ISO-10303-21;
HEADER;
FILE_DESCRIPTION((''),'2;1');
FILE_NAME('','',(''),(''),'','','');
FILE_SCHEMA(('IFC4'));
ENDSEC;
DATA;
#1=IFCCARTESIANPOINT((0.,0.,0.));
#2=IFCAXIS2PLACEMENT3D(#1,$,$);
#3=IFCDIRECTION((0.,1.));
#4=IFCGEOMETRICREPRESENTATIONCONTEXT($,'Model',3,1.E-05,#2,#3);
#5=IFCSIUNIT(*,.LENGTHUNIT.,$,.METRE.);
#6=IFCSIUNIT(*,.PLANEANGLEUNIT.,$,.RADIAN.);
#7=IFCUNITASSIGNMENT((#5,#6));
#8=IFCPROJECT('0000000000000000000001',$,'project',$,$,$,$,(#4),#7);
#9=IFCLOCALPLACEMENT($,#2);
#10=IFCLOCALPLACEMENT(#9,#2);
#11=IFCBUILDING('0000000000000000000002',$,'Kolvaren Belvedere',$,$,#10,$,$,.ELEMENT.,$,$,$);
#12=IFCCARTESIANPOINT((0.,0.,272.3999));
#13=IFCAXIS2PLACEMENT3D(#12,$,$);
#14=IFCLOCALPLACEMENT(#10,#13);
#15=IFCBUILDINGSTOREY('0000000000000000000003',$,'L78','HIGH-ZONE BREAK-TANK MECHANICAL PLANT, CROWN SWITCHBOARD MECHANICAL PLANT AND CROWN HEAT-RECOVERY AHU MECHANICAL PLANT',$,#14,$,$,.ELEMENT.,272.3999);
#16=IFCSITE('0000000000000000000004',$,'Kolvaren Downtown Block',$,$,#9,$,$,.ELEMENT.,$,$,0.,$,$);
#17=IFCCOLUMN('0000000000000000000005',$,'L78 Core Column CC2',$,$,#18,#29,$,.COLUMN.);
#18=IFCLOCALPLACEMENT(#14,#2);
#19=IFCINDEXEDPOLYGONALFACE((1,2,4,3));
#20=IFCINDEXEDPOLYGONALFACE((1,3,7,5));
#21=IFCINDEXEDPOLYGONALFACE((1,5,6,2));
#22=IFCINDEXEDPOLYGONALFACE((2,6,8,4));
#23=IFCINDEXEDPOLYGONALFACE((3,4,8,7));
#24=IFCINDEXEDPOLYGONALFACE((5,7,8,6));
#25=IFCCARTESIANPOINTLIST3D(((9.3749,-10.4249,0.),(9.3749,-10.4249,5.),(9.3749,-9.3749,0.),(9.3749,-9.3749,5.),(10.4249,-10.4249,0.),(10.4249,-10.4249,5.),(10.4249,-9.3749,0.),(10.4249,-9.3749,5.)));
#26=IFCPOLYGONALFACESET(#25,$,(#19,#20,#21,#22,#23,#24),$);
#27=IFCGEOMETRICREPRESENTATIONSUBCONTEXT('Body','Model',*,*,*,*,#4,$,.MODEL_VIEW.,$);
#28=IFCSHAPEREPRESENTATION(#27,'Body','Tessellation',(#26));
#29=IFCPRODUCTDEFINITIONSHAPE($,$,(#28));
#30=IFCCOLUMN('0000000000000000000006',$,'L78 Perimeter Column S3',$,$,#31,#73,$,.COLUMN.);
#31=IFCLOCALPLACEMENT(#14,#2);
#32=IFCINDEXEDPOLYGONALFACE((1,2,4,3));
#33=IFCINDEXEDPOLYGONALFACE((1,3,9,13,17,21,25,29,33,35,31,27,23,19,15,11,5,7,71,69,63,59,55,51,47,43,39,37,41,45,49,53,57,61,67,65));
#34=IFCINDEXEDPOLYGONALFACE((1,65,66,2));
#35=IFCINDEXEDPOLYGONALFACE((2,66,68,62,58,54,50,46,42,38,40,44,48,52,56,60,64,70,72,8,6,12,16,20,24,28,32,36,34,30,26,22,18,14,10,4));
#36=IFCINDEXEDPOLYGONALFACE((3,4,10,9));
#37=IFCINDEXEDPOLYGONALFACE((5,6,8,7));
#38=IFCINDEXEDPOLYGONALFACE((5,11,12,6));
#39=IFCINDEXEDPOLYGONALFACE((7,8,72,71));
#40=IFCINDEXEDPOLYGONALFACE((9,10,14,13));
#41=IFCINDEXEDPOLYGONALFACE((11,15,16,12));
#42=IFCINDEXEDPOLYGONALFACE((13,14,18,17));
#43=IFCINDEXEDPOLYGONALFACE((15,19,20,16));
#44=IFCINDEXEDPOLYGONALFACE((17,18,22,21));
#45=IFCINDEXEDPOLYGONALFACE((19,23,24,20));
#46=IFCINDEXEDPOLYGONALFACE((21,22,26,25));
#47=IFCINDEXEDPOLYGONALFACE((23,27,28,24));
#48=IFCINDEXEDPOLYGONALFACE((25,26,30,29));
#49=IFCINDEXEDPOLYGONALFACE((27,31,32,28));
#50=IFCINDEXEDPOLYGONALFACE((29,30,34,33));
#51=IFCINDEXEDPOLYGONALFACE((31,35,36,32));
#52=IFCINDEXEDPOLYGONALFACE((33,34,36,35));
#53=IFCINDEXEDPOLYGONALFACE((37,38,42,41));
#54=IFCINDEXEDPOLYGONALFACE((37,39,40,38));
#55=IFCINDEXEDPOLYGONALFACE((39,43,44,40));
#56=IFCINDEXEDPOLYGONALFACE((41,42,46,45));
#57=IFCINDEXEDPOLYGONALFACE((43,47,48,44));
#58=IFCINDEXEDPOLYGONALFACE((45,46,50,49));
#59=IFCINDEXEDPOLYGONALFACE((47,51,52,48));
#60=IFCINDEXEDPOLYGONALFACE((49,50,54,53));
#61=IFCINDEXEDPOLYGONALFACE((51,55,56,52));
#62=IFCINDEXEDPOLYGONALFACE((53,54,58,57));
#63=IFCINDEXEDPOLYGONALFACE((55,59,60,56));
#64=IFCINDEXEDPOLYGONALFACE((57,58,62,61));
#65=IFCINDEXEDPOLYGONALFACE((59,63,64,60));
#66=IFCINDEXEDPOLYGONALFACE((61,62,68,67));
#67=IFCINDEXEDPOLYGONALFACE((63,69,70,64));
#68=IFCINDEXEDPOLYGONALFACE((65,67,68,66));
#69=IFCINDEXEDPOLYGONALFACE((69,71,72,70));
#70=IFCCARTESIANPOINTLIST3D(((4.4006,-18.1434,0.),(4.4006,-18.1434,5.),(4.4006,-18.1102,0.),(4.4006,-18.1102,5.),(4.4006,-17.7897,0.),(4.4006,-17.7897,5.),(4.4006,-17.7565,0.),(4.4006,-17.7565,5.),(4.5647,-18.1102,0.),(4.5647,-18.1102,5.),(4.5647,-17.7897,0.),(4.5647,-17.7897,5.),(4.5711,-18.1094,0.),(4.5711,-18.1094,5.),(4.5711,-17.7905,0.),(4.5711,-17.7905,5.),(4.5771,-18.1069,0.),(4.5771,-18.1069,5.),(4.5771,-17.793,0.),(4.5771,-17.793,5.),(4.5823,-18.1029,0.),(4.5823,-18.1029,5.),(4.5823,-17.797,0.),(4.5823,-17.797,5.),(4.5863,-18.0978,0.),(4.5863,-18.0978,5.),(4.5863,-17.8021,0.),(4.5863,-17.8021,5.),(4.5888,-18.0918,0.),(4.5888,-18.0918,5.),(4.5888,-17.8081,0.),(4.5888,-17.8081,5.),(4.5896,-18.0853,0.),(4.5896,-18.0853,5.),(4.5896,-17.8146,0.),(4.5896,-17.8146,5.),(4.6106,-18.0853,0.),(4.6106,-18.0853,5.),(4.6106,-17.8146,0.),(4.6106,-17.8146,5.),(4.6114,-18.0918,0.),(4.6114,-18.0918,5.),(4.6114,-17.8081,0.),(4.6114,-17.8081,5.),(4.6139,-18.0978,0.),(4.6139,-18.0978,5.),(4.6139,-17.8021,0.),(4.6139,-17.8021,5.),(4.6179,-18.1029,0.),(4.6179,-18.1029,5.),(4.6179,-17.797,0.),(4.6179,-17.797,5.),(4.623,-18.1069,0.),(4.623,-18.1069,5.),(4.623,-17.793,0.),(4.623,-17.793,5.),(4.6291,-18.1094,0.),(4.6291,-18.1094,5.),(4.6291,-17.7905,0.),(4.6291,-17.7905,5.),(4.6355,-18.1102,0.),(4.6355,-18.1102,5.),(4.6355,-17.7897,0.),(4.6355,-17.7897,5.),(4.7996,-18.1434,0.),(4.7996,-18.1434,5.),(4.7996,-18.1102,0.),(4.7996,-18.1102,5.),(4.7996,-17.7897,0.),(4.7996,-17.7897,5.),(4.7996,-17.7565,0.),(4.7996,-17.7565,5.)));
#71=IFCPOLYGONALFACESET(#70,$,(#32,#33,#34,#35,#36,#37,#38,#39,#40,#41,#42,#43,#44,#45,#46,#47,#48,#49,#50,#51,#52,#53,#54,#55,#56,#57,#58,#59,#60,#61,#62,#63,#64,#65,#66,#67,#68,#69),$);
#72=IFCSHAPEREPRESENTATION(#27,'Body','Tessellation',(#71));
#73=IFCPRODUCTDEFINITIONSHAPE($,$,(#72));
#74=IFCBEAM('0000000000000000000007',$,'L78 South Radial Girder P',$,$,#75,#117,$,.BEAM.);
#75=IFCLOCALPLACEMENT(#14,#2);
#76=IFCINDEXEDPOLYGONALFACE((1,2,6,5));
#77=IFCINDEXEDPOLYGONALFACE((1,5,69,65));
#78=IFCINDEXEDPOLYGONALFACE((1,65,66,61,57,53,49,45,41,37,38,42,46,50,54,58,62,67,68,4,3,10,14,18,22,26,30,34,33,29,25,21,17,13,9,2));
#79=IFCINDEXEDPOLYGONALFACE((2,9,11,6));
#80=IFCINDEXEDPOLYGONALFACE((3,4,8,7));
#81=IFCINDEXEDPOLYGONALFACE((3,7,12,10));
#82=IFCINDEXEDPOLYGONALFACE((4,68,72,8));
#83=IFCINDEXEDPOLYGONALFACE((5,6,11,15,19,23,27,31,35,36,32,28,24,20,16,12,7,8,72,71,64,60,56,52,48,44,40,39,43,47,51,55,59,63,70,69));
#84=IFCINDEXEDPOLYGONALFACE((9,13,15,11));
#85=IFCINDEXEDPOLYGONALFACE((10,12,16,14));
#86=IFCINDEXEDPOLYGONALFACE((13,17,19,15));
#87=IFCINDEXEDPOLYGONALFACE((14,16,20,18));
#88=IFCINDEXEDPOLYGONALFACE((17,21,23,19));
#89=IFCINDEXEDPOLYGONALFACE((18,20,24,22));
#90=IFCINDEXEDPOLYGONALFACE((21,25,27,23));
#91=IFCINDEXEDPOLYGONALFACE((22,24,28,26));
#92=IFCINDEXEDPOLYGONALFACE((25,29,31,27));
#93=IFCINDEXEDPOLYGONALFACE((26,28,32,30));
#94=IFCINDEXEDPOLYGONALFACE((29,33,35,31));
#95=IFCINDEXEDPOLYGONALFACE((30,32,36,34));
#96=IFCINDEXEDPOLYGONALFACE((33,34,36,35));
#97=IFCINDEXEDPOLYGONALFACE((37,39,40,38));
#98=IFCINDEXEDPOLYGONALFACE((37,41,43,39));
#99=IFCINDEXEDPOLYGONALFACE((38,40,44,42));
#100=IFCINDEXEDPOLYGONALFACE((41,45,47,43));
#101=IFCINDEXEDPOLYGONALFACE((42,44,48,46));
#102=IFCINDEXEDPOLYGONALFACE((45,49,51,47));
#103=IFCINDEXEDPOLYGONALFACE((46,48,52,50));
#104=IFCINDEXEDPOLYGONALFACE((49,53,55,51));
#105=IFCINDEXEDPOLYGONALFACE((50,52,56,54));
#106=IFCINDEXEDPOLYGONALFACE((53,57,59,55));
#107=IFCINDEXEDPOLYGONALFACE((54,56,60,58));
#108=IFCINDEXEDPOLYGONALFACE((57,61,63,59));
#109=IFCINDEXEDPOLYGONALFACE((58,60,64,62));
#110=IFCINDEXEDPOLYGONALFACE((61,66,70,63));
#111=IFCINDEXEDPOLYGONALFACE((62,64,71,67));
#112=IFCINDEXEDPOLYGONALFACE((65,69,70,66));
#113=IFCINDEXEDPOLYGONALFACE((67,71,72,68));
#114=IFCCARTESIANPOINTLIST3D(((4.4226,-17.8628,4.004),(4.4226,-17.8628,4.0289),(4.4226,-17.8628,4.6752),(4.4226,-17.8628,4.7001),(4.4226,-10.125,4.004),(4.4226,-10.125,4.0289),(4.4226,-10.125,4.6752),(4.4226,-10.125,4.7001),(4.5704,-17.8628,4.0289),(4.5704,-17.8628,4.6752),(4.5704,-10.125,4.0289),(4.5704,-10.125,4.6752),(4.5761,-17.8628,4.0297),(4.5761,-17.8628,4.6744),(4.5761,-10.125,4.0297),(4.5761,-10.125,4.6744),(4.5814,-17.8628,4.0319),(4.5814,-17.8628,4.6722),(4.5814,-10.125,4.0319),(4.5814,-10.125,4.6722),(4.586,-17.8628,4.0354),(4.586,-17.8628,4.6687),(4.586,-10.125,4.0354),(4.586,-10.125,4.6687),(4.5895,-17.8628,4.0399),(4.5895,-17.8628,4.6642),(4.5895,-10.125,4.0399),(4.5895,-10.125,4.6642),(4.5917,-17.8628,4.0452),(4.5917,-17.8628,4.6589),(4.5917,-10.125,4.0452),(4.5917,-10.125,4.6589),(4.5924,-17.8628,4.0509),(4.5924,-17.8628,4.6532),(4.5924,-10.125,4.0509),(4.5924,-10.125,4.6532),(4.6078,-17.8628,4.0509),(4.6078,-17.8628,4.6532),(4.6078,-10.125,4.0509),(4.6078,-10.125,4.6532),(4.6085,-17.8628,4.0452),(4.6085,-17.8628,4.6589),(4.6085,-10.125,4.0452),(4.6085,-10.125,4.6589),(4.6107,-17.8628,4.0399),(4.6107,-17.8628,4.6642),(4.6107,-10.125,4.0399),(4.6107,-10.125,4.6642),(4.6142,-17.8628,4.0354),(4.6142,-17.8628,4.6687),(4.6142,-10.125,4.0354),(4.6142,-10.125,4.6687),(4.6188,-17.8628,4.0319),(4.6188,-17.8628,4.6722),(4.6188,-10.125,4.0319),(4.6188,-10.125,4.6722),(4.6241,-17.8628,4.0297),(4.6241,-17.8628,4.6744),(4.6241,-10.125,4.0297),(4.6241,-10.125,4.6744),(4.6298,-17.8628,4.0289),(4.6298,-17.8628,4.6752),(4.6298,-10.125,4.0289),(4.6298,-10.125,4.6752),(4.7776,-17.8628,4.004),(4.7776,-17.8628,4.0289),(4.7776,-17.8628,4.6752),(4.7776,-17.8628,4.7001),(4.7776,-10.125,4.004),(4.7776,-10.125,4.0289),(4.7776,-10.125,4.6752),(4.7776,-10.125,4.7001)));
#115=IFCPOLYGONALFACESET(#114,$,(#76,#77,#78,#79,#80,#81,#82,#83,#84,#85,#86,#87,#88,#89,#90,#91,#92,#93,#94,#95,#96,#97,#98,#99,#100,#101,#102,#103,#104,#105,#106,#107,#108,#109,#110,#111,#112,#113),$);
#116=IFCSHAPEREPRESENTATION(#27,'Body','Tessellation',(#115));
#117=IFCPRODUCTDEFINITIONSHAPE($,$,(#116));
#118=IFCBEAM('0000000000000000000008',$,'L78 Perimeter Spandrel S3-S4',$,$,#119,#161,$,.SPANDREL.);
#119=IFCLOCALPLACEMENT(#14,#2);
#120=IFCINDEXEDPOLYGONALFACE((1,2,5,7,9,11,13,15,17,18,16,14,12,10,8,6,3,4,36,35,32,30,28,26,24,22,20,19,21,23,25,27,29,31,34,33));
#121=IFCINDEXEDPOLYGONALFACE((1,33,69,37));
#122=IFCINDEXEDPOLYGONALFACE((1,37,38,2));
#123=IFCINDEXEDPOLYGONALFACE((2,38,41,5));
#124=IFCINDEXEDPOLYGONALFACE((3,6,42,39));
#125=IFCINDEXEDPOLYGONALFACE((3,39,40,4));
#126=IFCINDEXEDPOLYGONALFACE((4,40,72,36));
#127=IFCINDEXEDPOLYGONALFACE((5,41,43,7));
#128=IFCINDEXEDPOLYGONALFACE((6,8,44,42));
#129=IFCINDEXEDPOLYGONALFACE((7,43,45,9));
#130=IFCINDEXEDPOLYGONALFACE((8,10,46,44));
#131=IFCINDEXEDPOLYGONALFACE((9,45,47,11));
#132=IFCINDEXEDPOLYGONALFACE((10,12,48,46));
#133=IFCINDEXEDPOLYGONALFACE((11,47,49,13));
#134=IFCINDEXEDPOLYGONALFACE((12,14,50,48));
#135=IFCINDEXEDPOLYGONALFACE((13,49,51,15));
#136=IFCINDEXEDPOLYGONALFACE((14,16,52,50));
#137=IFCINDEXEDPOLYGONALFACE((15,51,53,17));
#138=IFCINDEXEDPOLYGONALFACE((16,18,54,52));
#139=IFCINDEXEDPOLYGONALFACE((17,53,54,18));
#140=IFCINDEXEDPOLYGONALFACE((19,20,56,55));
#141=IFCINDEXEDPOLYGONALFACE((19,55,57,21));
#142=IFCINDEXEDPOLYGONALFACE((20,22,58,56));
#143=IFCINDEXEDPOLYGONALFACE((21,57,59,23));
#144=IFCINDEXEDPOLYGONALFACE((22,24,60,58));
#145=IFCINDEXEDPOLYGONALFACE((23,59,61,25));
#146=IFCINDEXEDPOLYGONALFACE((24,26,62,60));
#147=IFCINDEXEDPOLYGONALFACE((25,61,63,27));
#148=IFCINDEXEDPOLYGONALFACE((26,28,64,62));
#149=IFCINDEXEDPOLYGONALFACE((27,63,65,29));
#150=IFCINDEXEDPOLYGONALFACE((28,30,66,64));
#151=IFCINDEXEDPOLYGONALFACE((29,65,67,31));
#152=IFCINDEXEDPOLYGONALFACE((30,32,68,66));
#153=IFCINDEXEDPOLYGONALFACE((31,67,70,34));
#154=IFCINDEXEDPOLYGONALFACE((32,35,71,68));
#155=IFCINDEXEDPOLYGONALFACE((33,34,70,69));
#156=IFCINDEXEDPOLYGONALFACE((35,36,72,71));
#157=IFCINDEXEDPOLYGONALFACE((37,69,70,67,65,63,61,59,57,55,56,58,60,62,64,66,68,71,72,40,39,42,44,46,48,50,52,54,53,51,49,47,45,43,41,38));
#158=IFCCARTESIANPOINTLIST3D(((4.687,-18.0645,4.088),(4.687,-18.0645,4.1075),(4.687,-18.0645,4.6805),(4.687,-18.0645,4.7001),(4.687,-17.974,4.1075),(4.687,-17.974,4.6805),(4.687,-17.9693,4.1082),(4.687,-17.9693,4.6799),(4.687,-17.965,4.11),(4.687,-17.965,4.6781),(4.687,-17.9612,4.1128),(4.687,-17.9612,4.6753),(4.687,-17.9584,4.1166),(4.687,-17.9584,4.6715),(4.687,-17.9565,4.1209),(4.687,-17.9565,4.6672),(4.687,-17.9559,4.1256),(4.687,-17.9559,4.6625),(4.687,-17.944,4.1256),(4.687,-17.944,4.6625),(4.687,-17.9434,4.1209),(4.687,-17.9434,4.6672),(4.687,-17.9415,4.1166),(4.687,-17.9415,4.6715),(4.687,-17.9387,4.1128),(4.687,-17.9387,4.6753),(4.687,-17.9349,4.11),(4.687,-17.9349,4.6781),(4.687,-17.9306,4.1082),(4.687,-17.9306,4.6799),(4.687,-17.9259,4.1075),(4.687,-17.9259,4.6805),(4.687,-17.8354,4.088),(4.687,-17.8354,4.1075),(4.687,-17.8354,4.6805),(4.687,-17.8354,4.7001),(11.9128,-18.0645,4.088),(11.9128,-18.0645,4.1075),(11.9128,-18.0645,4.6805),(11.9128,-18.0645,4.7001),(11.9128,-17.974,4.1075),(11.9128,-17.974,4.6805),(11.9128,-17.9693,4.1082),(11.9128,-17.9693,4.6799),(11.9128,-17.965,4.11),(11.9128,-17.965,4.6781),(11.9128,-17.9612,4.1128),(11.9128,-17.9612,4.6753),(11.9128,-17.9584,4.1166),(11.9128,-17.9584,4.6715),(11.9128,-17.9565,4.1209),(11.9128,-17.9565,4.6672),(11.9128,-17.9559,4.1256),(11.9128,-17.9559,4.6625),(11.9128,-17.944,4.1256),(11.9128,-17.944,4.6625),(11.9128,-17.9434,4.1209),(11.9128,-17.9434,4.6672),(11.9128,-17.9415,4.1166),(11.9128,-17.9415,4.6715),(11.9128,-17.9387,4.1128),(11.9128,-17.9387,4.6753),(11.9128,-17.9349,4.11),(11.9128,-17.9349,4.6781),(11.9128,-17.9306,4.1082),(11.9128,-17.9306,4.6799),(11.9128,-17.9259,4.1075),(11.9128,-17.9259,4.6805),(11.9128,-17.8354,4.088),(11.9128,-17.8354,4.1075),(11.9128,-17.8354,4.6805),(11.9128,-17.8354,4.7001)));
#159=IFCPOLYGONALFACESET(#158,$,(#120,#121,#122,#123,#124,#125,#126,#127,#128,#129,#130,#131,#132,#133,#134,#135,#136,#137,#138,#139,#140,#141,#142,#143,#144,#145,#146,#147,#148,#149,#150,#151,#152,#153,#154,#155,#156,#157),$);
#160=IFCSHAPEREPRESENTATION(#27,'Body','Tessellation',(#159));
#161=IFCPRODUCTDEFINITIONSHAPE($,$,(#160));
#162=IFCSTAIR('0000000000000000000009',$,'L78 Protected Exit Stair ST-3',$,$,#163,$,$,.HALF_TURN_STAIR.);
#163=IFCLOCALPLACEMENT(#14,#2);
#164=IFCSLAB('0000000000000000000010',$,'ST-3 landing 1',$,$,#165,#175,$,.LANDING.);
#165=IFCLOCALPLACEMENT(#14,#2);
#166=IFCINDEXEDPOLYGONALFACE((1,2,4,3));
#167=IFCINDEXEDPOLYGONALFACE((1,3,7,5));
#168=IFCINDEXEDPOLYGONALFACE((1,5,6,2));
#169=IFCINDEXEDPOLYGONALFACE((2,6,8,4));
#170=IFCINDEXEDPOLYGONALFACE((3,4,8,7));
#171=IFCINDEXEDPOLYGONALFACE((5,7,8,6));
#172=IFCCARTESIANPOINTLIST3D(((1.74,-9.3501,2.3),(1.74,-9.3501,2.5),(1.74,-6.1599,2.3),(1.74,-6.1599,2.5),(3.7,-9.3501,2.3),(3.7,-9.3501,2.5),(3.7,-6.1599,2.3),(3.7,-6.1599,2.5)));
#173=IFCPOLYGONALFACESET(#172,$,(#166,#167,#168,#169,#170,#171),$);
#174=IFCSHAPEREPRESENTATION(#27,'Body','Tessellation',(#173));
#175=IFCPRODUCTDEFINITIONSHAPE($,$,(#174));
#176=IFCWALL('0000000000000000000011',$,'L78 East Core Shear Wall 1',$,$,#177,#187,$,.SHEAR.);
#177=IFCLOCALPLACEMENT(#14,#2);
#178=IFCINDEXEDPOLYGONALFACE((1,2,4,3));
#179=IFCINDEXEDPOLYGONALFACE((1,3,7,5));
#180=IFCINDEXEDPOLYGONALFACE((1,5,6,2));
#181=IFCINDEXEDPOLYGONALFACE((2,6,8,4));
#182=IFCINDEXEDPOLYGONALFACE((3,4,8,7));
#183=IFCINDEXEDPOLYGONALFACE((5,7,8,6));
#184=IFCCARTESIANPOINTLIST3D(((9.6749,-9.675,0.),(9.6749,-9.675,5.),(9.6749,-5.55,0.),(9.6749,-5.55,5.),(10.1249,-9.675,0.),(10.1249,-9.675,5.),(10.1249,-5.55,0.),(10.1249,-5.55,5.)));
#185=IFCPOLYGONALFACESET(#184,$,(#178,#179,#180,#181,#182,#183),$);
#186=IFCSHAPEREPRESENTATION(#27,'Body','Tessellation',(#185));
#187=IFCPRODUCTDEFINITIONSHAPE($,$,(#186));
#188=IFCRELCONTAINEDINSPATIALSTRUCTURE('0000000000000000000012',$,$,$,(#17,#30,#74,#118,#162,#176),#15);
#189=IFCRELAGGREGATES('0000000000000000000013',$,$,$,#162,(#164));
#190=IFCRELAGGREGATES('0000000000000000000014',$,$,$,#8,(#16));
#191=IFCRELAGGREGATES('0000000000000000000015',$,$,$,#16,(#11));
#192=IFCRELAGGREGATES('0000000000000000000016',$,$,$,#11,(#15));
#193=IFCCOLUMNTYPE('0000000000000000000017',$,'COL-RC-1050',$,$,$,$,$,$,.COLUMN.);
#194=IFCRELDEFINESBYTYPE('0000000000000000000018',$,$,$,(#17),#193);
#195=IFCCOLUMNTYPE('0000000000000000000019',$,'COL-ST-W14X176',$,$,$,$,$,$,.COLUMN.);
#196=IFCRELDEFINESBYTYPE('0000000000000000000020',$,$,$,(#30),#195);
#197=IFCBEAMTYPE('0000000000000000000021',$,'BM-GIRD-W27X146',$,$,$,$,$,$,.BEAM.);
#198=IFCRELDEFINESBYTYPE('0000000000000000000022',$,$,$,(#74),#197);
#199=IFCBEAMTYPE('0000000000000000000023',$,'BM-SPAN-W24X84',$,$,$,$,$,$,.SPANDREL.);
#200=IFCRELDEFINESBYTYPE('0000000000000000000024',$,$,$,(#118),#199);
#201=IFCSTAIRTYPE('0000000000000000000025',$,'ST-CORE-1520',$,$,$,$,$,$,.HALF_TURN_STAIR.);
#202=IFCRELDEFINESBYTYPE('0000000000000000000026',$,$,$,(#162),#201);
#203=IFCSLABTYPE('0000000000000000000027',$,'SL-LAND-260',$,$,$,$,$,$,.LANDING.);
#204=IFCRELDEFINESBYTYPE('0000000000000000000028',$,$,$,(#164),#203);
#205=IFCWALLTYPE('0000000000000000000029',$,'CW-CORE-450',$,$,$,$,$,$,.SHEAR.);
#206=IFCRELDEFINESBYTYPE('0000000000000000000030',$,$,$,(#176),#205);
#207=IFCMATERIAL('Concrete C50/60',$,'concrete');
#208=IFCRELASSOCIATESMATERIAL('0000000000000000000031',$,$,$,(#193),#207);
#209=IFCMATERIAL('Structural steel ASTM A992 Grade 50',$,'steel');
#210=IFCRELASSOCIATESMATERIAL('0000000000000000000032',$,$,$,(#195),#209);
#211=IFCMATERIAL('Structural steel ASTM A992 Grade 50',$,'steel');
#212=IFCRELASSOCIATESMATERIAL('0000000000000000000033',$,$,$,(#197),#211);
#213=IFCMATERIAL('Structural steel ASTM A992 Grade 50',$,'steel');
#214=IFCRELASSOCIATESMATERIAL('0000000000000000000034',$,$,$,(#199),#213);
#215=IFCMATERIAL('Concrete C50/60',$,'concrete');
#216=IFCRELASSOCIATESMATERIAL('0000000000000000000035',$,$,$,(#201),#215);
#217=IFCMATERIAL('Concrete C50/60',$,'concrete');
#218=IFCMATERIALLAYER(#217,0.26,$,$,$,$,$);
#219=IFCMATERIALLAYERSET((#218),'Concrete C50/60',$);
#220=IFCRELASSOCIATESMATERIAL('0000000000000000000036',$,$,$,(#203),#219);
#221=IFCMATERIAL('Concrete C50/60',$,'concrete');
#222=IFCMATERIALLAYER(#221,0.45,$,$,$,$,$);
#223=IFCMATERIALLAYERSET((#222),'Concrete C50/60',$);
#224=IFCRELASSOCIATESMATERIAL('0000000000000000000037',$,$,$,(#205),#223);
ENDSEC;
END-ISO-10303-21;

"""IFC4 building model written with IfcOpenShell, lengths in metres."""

from ifc_helpers import new_model, si_unit, direction, frame, frame_2d, origin, origin_2d, place, context, subcontext, project, spatial, polyline, rectangle, i_section, outline, extrude, material, layer, layer_set, material_profile, profile_set, type_object, element, aggregate, save


model = new_model("IFC4")

# Units and contexts
model_context = context("Model", 3, precision=1e-05, world=origin(), true_north=direction((0.0, 1.0)))
body_context = subcontext(model_context, "Body", "Model", "MODEL_VIEW")
ifc_project = project(units=[si_unit("LENGTHUNIT", "METRE"), si_unit("PLANEANGLEUNIT", "RADIAN")], contexts=[model_context])

# Site, building, storey
site_placement = place(None, origin())
site = spatial("IfcSite", under=ifc_project, at=site_placement, Name="Kolvaren Downtown Block", CompositionType="ELEMENT", RefElevation=0.0)
building_placement = place(site_placement, origin())
building = spatial("IfcBuilding", under=site, at=building_placement, Name="Kolvaren Belvedere", CompositionType="ELEMENT")
storey_placement = place(building_placement, frame((0.0, 0.0, 272.3999)))
storey = spatial("IfcBuildingStorey", under=building, at=storey_placement, Name="L78", Description="HIGH-ZONE BREAK-TANK MECHANICAL PLANT, CROWN SWITCHBOARD MECHANICAL PLANT AND CROWN HEAT-RECOVERY AHU MECHANICAL PLANT", CompositionType="ELEMENT", Elevation=272.3999)

# Columns
ifc_material_1 = material(Name="Concrete C50/60", Category="concrete")
ifc_material_profile_1 = material_profile(ifc_material_1, rectangle(XDim=1.05, YDim=1.05, at=origin_2d()), Name="RC 1050X1050")
ifc_profile_set_1 = profile_set([ifc_material_profile_1], Name="Concrete C50/60")
column_type_1 = type_object("IfcColumnType", Name="COL-RC-1050", PredefinedType="COLUMN", material=ifc_profile_set_1)
column_1_placement = place(storey_placement, frame((9.8999, -9.8999, 0.0), z_axis=(0.0, 0.0, 1.0), x_axis=(1.0, 0.0, 0.0)))
element("IfcColumn", 1, at=column_1_placement, inside=storey, type_object=column_type_1, Name="L78 Core Column CC2", PredefinedType="COLUMN", context=body_context, shape_type="SweptSolid", body=[
    extrude(rectangle(XDim=1.05, YDim=1.05, at=origin_2d()), origin(), (0.0, 0.0, 1.0), 5.0),
])
ifc_material_2 = material(Name="Structural steel ASTM A992 Grade 50", Category="steel")
ifc_material_profile_2 = material_profile(ifc_material_2, i_section(OverallWidth=0.3989, OverallDepth=0.387, WebThickness=0.021, FlangeThickness=0.0332, FilletRadius=0.0249, at=origin_2d()), Name="W14X176")
ifc_profile_set_2 = profile_set([ifc_material_profile_2], Name="Structural steel ASTM A992 Grade 50")
column_type_2 = type_object("IfcColumnType", Name="COL-ST-W14X176", PredefinedType="COLUMN", material=ifc_profile_set_2)
column_2_placement = place(storey_placement, frame((4.6001, -17.95, 0.0), z_axis=(0.0, 0.0, 1.0), x_axis=(1.0, 0.0, 0.0)))
element("IfcColumn", 2, at=column_2_placement, inside=storey, type_object=column_type_2, Name="L78 Perimeter Column S3", PredefinedType="COLUMN", context=body_context, shape_type="SweptSolid", body=[
    extrude(i_section(OverallWidth=0.3989, OverallDepth=0.387, WebThickness=0.021, FlangeThickness=0.0332, FilletRadius=0.0249, at=origin_2d()), origin(), (0.0, 0.0, 1.0), 5.0),
])

# Beams
ifc_material_3 = material(Name="Structural steel ASTM A992 Grade 50", Category="steel")
ifc_material_profile_3 = material_profile(ifc_material_3, i_section(OverallWidth=0.355, OverallDepth=0.696, WebThickness=0.0154, FlangeThickness=0.0249, FilletRadius=0.022, at=origin_2d()), Name="W27X146")
ifc_profile_set_3 = profile_set([ifc_material_profile_3], Name="Structural steel ASTM A992 Grade 50")
beam_type_1 = type_object("IfcBeamType", Name="BM-GIRD-W27X146", PredefinedType="BEAM", material=ifc_profile_set_3)
beam_1_placement = place(storey_placement, frame((4.6001, -10.125, 4.3521), z_axis=(0.0, -1.0, 0.0), x_axis=(1.0, 0.0, 0.0)))
element("IfcBeam", 3, at=beam_1_placement, inside=storey, type_object=beam_type_1, Name="L78 South Radial Girder P", PredefinedType="BEAM", context=body_context, shape_type="SweptSolid", body=[
    extrude(i_section(OverallWidth=0.355, OverallDepth=0.696, WebThickness=0.0154, FlangeThickness=0.0249, FilletRadius=0.022, at=origin_2d()), origin(), (0.0, 0.0, 1.0), 7.7378),
])
ifc_material_4 = material(Name="Structural steel ASTM A992 Grade 50", Category="steel")
ifc_material_profile_4 = material_profile(ifc_material_4, i_section(OverallWidth=0.229, OverallDepth=0.6121, WebThickness=0.012, FlangeThickness=0.0195, FilletRadius=0.0181, at=origin_2d()), Name="W24X84")
ifc_profile_set_4 = profile_set([ifc_material_profile_4], Name="Structural steel ASTM A992 Grade 50")
beam_type_2 = type_object("IfcBeamType", Name="BM-SPAN-W24X84", PredefinedType="SPANDREL", material=ifc_profile_set_4)
beam_2_placement = place(storey_placement, frame((4.687, -17.95, 4.394), z_axis=(1.0, 0.0, 0.0), x_axis=(0.0, 1.0, 0.0)))
element("IfcBeam", 4, at=beam_2_placement, inside=storey, type_object=beam_type_2, Name="L78 Perimeter Spandrel S3-S4", PredefinedType="SPANDREL", context=body_context, shape_type="SweptSolid", body=[
    extrude(i_section(OverallWidth=0.229, OverallDepth=0.6121, WebThickness=0.012, FlangeThickness=0.0195, FilletRadius=0.0181, at=origin_2d()), origin(), (0.0, 0.0, 1.0), 7.2258),
])

# Stair, slab
ifc_material_5 = material(Name="Concrete C50/60", Category="concrete")
stair_type = type_object("IfcStairType", Name="ST-CORE-1520", PredefinedType="HALF_TURN_STAIR", material=ifc_material_5)
stair_placement = place(storey_placement, origin())
stair = element("IfcStair", 5, at=stair_placement, inside=storey, type_object=stair_type, Name="L78 Protected Exit Stair ST-3", PredefinedType="HALF_TURN_STAIR")
ifc_material_6 = material(Name="Concrete C50/60", Category="concrete")
ifc_layer_1 = layer(ifc_material_6, 0.26)
ifc_layer_set_1 = layer_set([ifc_layer_1], Name="Concrete C50/60")
slab_type = type_object("IfcSlabType", Name="SL-LAND-260", PredefinedType="LANDING", material=ifc_layer_set_1)
slab_placement = place(storey_placement, frame((0.0, 0.0, 2.3)))
slab = element("IfcSlab", 6, at=slab_placement, type_object=slab_type, Name="ST-3 landing 1", PredefinedType="LANDING", context=body_context, shape_type="SweptSolid", body=[
    extrude(outline(polyline([(1.74, -9.3501), (3.7, -9.3501), (3.7, -6.1599), (1.74, -6.1599), (1.74, -9.3501)])), origin(), (0.0, 0.0, 1.0), 0.2),
])

# Wall
ifc_material_7 = material(Name="Concrete C50/60", Category="concrete")
ifc_layer_2 = layer(ifc_material_7, 0.45)
ifc_layer_set_2 = layer_set([ifc_layer_2], Name="Concrete C50/60")
wall_type_1 = type_object("IfcWallType", Name="CW-CORE-450", PredefinedType="SHEAR", material=ifc_layer_set_2)
wall_1_placement = place(storey_placement, frame((9.8999, -9.675, 0.0), z_axis=(0.0, 0.0, 1.0), x_axis=(0.0, 1.0, 0.0)))
element("IfcWall", 7, at=wall_1_placement, inside=storey, type_object=wall_type_1, Name="L78 East Core Shear Wall 1", PredefinedType="SHEAR", context=body_context, shape_type="SweptSolid", body=[
    extrude(rectangle(XDim=4.125, YDim=0.45, at=frame_2d((2.0625, 0.0))), origin(), (0.0, 0.0, 1.0), 5.0),
])

aggregate(stair, [slab])

save(model, "model.ifc")
